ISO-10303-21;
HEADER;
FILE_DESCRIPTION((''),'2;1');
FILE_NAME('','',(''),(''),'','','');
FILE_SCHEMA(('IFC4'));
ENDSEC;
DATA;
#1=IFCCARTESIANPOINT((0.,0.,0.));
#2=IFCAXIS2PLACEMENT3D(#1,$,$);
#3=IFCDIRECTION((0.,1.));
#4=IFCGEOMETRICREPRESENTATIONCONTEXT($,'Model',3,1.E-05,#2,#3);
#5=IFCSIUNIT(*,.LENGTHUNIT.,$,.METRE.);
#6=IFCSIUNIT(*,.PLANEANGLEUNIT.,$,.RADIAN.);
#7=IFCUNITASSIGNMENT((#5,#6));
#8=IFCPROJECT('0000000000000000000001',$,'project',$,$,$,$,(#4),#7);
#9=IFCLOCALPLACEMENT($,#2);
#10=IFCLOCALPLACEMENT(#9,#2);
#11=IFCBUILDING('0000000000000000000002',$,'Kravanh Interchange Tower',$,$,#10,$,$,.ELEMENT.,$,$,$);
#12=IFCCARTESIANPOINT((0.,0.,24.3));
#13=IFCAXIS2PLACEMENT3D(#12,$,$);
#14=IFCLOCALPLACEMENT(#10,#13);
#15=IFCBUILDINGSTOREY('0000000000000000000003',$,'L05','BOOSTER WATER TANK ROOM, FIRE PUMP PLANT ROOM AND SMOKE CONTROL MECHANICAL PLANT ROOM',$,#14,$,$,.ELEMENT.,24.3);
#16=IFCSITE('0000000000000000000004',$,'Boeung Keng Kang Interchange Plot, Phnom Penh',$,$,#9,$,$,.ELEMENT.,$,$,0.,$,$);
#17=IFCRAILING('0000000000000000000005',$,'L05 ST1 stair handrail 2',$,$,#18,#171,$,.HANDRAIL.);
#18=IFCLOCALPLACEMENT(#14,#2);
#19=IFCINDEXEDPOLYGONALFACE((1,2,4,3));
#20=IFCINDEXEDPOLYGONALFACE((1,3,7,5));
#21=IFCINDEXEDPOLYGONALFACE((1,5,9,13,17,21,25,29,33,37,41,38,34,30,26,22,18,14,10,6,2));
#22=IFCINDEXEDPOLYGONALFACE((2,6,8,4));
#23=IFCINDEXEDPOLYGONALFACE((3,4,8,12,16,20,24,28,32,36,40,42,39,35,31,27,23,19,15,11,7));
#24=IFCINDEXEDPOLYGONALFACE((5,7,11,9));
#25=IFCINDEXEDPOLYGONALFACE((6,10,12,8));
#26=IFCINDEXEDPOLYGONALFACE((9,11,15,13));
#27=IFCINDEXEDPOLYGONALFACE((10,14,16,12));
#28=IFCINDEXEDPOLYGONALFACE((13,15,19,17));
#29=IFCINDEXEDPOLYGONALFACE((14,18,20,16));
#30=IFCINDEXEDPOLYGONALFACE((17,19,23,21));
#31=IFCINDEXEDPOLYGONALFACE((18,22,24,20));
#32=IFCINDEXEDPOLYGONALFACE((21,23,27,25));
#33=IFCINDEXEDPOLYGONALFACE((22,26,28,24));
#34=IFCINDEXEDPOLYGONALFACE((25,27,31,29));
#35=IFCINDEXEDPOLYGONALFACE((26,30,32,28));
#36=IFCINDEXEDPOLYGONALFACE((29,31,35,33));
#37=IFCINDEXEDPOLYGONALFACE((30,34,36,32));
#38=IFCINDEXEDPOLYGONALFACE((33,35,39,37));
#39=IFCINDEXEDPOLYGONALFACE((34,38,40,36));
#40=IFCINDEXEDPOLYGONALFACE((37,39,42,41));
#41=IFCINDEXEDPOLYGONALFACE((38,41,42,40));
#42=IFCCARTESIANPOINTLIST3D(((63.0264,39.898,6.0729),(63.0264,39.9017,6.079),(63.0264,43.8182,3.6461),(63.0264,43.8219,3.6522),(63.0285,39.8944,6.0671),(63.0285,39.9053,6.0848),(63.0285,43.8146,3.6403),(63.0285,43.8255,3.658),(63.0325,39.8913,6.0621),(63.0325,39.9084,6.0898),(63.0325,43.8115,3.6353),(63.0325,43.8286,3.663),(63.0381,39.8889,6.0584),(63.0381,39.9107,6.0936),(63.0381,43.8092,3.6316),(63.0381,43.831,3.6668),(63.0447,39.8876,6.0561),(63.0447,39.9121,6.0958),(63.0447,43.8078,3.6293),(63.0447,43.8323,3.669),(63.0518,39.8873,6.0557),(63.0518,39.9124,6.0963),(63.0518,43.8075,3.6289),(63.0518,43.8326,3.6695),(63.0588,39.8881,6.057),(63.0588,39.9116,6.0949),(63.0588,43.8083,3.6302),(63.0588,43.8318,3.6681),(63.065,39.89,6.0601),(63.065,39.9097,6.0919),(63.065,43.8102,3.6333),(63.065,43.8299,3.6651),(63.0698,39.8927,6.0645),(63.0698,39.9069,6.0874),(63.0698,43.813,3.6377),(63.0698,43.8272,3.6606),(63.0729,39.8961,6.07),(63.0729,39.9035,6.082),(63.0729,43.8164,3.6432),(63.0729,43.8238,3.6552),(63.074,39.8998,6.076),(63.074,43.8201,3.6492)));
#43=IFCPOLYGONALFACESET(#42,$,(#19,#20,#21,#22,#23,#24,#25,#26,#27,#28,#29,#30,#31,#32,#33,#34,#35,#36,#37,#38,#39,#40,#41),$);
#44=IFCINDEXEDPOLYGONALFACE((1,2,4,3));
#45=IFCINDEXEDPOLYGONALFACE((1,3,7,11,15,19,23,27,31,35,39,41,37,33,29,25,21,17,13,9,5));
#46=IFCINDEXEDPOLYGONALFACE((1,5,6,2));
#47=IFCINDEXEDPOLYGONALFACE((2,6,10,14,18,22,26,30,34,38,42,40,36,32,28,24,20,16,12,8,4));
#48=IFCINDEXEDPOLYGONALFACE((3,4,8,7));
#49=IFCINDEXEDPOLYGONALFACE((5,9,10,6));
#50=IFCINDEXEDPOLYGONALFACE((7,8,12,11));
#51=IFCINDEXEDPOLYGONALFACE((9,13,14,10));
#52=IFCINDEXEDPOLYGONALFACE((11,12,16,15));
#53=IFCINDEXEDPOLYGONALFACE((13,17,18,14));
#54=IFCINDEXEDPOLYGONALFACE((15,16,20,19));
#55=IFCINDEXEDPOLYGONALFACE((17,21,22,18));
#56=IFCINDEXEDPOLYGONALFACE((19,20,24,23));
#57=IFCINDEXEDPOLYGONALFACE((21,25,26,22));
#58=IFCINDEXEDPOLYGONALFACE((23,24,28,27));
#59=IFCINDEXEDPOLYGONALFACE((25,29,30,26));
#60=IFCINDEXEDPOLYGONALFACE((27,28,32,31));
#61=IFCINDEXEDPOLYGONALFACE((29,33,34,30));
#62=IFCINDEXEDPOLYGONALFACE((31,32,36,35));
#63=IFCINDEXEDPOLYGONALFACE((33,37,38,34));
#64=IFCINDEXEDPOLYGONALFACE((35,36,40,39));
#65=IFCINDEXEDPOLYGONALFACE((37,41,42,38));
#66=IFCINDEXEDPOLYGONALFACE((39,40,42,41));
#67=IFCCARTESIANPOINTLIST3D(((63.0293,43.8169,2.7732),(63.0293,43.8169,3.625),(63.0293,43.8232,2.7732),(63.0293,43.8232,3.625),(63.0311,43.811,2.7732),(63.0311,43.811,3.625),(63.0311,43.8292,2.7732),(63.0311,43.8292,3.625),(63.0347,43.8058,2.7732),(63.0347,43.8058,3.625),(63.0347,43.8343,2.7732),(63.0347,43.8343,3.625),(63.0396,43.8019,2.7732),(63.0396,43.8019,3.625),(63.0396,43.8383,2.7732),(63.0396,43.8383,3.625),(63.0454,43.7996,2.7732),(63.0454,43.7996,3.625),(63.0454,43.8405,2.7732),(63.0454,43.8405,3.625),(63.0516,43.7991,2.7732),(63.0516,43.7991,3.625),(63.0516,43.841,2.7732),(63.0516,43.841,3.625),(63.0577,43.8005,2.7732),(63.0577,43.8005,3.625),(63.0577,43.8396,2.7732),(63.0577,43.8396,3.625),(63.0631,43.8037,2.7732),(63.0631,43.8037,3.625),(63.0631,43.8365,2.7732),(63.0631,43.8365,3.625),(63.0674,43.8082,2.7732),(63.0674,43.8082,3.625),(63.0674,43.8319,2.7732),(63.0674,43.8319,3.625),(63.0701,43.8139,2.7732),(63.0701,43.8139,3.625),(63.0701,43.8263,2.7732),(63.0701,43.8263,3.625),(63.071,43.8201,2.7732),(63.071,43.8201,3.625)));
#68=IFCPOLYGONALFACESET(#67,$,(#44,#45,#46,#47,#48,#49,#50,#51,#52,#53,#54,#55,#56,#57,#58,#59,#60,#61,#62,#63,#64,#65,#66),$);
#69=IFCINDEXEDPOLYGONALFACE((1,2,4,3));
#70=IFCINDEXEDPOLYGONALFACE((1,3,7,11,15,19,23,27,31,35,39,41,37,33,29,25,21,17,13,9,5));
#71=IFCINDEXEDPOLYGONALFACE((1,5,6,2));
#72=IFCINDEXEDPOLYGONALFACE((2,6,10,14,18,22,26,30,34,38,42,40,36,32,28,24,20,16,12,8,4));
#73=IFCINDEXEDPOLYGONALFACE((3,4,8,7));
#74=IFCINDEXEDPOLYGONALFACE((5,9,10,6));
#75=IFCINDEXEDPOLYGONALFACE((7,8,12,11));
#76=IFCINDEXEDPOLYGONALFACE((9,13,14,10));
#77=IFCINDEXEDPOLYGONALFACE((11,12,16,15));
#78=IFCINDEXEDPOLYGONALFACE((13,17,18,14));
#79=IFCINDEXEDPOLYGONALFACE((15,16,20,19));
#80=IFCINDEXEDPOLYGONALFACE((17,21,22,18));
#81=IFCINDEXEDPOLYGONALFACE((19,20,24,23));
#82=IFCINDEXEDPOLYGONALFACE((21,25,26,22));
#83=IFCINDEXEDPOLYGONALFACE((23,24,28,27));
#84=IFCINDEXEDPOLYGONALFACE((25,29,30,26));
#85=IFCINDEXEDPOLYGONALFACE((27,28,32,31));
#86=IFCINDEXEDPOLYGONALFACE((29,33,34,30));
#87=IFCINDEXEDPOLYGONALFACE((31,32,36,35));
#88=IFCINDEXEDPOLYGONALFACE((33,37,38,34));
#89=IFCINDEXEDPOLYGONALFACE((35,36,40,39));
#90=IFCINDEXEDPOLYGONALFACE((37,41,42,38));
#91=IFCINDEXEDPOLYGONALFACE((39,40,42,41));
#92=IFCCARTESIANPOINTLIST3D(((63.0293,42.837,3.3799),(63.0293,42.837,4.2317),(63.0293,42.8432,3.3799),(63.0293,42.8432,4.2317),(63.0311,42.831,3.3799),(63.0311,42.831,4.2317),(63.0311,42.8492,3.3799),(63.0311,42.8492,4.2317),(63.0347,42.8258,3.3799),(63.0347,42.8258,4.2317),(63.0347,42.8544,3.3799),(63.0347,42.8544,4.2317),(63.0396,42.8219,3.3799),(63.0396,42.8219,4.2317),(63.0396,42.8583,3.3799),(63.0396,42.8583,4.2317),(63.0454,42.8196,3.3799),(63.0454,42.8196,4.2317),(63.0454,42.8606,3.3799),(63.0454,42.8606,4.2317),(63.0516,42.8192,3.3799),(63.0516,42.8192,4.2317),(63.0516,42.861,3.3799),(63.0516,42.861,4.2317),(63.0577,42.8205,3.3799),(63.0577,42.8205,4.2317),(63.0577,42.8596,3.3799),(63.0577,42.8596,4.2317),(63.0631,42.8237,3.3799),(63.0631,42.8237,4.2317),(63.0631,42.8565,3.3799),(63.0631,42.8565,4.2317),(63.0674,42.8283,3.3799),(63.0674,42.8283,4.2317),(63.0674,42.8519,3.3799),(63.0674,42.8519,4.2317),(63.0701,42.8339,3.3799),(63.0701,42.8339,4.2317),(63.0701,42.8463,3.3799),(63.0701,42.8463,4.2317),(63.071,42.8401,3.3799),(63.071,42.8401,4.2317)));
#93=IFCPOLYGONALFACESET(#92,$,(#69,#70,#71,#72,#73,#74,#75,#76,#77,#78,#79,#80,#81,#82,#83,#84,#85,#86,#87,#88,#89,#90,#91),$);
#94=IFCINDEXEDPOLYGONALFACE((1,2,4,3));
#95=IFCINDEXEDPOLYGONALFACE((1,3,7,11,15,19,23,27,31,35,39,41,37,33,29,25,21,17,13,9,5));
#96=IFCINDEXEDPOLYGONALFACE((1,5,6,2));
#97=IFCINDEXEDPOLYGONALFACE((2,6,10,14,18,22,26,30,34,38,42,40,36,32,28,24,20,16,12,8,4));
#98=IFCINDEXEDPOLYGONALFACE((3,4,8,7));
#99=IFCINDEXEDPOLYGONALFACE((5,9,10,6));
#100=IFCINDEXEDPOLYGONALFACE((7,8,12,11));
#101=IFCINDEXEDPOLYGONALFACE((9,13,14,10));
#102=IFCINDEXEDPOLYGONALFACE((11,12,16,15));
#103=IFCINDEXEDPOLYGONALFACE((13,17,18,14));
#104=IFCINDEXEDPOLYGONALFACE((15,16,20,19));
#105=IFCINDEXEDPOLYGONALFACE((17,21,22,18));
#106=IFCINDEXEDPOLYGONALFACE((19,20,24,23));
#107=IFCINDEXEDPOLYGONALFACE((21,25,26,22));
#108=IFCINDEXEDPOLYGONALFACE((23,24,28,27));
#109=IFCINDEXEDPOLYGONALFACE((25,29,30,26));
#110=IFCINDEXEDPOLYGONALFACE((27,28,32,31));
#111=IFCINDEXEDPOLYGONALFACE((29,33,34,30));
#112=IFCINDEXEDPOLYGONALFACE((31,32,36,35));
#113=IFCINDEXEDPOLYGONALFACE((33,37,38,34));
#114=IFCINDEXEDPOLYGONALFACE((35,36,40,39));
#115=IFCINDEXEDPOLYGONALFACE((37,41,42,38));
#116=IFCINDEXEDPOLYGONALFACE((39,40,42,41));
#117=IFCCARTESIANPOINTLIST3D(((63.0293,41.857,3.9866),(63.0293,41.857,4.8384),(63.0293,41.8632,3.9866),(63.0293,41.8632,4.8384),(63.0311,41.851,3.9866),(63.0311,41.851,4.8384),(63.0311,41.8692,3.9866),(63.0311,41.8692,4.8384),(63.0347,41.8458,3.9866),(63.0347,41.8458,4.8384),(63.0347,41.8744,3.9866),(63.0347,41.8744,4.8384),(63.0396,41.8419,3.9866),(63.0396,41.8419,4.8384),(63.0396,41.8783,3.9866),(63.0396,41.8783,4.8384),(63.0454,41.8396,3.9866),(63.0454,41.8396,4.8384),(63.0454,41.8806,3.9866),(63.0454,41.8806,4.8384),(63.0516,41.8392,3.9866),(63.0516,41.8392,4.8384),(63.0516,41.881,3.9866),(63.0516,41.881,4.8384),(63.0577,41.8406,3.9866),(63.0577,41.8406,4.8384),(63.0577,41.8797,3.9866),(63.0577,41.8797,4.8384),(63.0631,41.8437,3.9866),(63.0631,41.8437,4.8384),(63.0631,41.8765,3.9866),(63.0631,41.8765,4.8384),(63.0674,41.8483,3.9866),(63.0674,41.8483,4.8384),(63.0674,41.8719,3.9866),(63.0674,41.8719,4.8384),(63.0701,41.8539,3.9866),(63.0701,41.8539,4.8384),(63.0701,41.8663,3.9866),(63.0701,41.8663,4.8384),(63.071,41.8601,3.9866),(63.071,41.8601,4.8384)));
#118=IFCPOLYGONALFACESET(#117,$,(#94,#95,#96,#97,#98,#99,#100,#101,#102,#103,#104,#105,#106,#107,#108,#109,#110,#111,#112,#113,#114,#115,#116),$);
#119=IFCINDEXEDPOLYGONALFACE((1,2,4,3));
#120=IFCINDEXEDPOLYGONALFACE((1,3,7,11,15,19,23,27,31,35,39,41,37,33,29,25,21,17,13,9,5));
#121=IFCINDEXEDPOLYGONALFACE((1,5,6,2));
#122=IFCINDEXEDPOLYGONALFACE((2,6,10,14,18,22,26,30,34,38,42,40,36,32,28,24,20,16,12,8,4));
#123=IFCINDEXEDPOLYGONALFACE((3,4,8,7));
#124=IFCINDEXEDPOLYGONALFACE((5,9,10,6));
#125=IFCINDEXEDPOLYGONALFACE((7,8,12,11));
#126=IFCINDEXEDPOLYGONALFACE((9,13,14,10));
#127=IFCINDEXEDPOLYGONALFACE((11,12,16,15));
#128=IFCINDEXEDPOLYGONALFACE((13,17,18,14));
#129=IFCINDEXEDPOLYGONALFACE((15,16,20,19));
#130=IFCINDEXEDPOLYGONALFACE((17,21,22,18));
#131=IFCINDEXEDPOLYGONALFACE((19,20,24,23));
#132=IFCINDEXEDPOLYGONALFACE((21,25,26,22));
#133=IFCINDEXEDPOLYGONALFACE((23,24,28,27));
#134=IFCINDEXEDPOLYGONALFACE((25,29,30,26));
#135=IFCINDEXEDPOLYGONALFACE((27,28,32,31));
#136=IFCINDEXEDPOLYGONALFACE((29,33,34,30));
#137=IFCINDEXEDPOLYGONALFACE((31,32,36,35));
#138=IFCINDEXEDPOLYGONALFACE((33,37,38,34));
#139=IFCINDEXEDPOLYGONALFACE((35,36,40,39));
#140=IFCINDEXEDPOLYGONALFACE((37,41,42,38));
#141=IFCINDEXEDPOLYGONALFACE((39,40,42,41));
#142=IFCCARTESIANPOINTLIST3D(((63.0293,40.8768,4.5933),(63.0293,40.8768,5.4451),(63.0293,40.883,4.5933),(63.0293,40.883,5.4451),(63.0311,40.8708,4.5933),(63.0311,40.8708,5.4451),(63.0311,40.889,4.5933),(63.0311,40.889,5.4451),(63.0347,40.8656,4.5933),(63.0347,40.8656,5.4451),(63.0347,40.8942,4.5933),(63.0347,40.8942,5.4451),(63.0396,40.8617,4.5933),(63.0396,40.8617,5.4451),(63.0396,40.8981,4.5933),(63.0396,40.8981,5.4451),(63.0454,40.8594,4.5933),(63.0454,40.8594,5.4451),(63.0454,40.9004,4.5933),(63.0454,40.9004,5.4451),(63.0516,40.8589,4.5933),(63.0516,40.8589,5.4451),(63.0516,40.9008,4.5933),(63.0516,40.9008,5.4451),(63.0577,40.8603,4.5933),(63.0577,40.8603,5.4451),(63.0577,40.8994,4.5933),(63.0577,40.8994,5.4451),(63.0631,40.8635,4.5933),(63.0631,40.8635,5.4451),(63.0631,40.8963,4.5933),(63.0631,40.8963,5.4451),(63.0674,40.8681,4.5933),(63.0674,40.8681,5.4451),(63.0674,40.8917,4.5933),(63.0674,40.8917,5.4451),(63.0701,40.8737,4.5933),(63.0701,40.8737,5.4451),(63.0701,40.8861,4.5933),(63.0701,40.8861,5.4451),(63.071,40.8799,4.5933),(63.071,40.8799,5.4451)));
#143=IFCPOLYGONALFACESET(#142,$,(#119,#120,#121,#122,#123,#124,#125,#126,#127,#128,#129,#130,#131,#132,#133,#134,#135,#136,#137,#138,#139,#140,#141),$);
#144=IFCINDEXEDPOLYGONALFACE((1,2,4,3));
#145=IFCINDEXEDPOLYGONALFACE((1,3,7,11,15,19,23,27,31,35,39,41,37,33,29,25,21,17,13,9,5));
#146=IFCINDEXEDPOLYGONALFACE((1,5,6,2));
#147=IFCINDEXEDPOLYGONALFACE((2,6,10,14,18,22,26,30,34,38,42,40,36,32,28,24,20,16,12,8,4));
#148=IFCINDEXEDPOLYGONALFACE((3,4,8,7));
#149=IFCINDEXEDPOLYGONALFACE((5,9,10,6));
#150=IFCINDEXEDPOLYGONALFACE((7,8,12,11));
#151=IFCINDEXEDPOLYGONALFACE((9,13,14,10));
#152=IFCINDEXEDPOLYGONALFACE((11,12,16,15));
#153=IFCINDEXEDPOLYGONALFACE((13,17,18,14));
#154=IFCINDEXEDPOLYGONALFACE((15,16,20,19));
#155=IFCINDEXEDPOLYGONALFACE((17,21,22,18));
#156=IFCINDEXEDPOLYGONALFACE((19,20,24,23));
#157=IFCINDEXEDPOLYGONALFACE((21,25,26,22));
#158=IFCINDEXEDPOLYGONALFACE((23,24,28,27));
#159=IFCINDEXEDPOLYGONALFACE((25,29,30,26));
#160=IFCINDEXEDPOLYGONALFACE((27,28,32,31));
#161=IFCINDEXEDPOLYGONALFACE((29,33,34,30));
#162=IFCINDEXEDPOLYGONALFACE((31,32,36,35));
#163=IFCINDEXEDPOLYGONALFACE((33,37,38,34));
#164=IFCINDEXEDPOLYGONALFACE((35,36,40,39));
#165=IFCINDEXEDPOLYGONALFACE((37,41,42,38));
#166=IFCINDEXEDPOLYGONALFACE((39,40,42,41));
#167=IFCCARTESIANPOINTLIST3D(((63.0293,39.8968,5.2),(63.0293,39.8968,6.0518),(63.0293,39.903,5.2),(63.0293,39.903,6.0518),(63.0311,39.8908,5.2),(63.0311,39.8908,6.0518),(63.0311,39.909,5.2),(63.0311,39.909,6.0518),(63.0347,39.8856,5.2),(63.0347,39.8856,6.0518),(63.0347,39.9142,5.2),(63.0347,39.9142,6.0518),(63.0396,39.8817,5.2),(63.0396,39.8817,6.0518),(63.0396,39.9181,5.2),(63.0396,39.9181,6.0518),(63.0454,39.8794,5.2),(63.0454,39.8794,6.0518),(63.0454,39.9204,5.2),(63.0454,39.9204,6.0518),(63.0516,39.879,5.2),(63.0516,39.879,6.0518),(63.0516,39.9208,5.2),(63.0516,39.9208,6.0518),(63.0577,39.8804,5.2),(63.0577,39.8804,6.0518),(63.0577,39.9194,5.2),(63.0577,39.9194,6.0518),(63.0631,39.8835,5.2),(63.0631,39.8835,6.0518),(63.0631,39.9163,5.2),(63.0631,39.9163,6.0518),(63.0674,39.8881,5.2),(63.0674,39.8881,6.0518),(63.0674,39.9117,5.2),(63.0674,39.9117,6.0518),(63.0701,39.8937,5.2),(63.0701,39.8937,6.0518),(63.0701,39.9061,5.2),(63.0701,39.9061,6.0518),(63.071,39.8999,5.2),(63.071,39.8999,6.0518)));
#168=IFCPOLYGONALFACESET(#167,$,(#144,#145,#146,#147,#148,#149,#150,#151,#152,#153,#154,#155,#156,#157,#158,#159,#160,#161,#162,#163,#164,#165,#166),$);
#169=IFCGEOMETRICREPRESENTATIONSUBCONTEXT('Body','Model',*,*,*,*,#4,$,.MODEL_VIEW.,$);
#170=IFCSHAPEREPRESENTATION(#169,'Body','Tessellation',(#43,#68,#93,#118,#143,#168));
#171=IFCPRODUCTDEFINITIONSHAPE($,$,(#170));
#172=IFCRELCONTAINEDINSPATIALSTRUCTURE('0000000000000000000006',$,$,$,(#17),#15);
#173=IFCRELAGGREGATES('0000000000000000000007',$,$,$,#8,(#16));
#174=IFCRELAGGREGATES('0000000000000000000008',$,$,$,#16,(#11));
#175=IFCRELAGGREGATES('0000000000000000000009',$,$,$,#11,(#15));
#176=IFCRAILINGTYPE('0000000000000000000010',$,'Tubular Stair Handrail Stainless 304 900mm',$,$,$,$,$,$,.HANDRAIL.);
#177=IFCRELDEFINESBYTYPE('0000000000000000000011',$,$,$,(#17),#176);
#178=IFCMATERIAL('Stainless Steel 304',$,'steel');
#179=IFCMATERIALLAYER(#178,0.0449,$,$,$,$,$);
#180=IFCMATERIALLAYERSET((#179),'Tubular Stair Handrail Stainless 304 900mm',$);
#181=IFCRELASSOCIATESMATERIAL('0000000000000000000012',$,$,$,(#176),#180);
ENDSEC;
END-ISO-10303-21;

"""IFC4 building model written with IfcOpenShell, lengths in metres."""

from ifc_helpers import new_model, si_unit, direction, frame, origin, origin_2d, place, context, subcontext, project, spatial, circle, extrude, material, layer, layer_set, type_object, element, save


model = new_model("IFC4")

# Units and contexts
model_context = context("Model", 3, precision=1e-05, world=origin(), true_north=direction((0.0, 1.0)))
body_context = subcontext(model_context, "Body", "Model", "MODEL_VIEW")
ifc_project = project(units=[si_unit("LENGTHUNIT", "METRE"), si_unit("PLANEANGLEUNIT", "RADIAN")], contexts=[model_context])

# Site, building, storey
site_placement = place(None, origin())
site = spatial("IfcSite", under=ifc_project, at=site_placement, Name="Boeung Keng Kang Interchange Plot, Phnom Penh", CompositionType="ELEMENT", RefElevation=0.0)
building_placement = place(site_placement, origin())
building = spatial("IfcBuilding", under=site, at=building_placement, Name="Kravanh Interchange Tower", CompositionType="ELEMENT")
storey_placement = place(building_placement, frame((0.0, 0.0, 24.3)))
storey = spatial("IfcBuildingStorey", under=building, at=storey_placement, Name="L05", Description="BOOSTER WATER TANK ROOM, FIRE PUMP PLANT ROOM AND SMOKE CONTROL MECHANICAL PLANT ROOM", CompositionType="ELEMENT", Elevation=24.3)

# Railing
ifc_material_1 = material(Name="Stainless Steel 304", Category="steel")
ifc_layer_1 = layer(ifc_material_1, 0.0449)
ifc_layer_set_1 = layer_set([ifc_layer_1], Name="Tubular Stair Handrail Stainless 304 900mm")
railing_type_1 = type_object("IfcRailingType", Name="Tubular Stair Handrail Stainless 304 900mm", PredefinedType="HANDRAIL", material=ifc_layer_set_1)
railing_1_placement = place(storey_placement, frame((63.05, 43.8201, 2.7732)))
element("IfcRailing", 1, at=railing_1_placement, inside=storey, type_object=railing_type_1, Name="L05 ST1 stair handrail 2", PredefinedType="HANDRAIL", context=body_context, shape_type="SweptSolid", body=[
    extrude(circle(Radius=0.0239, at=origin_2d()), frame((0.0, 0.0, 0.876), z_axis=(0.0, -0.850266, 0.526353), x_axis=(1.0, 0.0, 0.0)), (0.0, 0.0, 1.0), 4.6106),
    extrude(circle(Radius=0.021, at=origin_2d()), origin(), (0.0, 0.0, 1.0), 0.8518),
    extrude(circle(Radius=0.021, at=origin_2d()), frame((0.0, -0.98, 0.6067)), (0.0, 0.0, 1.0), 0.8518),
    extrude(circle(Radius=0.021, at=origin_2d()), frame((0.0, -1.96, 1.2134)), (0.0, 0.0, 1.0), 0.8518),
    extrude(circle(Radius=0.021, at=origin_2d()), frame((0.0, -2.9402, 1.8201)), (0.0, 0.0, 1.0), 0.8518),
    extrude(circle(Radius=0.021, at=origin_2d()), frame((0.0, -3.9202, 2.4268)), (0.0, 0.0, 1.0), 0.8518),
])

save(model, "model.ifc")
